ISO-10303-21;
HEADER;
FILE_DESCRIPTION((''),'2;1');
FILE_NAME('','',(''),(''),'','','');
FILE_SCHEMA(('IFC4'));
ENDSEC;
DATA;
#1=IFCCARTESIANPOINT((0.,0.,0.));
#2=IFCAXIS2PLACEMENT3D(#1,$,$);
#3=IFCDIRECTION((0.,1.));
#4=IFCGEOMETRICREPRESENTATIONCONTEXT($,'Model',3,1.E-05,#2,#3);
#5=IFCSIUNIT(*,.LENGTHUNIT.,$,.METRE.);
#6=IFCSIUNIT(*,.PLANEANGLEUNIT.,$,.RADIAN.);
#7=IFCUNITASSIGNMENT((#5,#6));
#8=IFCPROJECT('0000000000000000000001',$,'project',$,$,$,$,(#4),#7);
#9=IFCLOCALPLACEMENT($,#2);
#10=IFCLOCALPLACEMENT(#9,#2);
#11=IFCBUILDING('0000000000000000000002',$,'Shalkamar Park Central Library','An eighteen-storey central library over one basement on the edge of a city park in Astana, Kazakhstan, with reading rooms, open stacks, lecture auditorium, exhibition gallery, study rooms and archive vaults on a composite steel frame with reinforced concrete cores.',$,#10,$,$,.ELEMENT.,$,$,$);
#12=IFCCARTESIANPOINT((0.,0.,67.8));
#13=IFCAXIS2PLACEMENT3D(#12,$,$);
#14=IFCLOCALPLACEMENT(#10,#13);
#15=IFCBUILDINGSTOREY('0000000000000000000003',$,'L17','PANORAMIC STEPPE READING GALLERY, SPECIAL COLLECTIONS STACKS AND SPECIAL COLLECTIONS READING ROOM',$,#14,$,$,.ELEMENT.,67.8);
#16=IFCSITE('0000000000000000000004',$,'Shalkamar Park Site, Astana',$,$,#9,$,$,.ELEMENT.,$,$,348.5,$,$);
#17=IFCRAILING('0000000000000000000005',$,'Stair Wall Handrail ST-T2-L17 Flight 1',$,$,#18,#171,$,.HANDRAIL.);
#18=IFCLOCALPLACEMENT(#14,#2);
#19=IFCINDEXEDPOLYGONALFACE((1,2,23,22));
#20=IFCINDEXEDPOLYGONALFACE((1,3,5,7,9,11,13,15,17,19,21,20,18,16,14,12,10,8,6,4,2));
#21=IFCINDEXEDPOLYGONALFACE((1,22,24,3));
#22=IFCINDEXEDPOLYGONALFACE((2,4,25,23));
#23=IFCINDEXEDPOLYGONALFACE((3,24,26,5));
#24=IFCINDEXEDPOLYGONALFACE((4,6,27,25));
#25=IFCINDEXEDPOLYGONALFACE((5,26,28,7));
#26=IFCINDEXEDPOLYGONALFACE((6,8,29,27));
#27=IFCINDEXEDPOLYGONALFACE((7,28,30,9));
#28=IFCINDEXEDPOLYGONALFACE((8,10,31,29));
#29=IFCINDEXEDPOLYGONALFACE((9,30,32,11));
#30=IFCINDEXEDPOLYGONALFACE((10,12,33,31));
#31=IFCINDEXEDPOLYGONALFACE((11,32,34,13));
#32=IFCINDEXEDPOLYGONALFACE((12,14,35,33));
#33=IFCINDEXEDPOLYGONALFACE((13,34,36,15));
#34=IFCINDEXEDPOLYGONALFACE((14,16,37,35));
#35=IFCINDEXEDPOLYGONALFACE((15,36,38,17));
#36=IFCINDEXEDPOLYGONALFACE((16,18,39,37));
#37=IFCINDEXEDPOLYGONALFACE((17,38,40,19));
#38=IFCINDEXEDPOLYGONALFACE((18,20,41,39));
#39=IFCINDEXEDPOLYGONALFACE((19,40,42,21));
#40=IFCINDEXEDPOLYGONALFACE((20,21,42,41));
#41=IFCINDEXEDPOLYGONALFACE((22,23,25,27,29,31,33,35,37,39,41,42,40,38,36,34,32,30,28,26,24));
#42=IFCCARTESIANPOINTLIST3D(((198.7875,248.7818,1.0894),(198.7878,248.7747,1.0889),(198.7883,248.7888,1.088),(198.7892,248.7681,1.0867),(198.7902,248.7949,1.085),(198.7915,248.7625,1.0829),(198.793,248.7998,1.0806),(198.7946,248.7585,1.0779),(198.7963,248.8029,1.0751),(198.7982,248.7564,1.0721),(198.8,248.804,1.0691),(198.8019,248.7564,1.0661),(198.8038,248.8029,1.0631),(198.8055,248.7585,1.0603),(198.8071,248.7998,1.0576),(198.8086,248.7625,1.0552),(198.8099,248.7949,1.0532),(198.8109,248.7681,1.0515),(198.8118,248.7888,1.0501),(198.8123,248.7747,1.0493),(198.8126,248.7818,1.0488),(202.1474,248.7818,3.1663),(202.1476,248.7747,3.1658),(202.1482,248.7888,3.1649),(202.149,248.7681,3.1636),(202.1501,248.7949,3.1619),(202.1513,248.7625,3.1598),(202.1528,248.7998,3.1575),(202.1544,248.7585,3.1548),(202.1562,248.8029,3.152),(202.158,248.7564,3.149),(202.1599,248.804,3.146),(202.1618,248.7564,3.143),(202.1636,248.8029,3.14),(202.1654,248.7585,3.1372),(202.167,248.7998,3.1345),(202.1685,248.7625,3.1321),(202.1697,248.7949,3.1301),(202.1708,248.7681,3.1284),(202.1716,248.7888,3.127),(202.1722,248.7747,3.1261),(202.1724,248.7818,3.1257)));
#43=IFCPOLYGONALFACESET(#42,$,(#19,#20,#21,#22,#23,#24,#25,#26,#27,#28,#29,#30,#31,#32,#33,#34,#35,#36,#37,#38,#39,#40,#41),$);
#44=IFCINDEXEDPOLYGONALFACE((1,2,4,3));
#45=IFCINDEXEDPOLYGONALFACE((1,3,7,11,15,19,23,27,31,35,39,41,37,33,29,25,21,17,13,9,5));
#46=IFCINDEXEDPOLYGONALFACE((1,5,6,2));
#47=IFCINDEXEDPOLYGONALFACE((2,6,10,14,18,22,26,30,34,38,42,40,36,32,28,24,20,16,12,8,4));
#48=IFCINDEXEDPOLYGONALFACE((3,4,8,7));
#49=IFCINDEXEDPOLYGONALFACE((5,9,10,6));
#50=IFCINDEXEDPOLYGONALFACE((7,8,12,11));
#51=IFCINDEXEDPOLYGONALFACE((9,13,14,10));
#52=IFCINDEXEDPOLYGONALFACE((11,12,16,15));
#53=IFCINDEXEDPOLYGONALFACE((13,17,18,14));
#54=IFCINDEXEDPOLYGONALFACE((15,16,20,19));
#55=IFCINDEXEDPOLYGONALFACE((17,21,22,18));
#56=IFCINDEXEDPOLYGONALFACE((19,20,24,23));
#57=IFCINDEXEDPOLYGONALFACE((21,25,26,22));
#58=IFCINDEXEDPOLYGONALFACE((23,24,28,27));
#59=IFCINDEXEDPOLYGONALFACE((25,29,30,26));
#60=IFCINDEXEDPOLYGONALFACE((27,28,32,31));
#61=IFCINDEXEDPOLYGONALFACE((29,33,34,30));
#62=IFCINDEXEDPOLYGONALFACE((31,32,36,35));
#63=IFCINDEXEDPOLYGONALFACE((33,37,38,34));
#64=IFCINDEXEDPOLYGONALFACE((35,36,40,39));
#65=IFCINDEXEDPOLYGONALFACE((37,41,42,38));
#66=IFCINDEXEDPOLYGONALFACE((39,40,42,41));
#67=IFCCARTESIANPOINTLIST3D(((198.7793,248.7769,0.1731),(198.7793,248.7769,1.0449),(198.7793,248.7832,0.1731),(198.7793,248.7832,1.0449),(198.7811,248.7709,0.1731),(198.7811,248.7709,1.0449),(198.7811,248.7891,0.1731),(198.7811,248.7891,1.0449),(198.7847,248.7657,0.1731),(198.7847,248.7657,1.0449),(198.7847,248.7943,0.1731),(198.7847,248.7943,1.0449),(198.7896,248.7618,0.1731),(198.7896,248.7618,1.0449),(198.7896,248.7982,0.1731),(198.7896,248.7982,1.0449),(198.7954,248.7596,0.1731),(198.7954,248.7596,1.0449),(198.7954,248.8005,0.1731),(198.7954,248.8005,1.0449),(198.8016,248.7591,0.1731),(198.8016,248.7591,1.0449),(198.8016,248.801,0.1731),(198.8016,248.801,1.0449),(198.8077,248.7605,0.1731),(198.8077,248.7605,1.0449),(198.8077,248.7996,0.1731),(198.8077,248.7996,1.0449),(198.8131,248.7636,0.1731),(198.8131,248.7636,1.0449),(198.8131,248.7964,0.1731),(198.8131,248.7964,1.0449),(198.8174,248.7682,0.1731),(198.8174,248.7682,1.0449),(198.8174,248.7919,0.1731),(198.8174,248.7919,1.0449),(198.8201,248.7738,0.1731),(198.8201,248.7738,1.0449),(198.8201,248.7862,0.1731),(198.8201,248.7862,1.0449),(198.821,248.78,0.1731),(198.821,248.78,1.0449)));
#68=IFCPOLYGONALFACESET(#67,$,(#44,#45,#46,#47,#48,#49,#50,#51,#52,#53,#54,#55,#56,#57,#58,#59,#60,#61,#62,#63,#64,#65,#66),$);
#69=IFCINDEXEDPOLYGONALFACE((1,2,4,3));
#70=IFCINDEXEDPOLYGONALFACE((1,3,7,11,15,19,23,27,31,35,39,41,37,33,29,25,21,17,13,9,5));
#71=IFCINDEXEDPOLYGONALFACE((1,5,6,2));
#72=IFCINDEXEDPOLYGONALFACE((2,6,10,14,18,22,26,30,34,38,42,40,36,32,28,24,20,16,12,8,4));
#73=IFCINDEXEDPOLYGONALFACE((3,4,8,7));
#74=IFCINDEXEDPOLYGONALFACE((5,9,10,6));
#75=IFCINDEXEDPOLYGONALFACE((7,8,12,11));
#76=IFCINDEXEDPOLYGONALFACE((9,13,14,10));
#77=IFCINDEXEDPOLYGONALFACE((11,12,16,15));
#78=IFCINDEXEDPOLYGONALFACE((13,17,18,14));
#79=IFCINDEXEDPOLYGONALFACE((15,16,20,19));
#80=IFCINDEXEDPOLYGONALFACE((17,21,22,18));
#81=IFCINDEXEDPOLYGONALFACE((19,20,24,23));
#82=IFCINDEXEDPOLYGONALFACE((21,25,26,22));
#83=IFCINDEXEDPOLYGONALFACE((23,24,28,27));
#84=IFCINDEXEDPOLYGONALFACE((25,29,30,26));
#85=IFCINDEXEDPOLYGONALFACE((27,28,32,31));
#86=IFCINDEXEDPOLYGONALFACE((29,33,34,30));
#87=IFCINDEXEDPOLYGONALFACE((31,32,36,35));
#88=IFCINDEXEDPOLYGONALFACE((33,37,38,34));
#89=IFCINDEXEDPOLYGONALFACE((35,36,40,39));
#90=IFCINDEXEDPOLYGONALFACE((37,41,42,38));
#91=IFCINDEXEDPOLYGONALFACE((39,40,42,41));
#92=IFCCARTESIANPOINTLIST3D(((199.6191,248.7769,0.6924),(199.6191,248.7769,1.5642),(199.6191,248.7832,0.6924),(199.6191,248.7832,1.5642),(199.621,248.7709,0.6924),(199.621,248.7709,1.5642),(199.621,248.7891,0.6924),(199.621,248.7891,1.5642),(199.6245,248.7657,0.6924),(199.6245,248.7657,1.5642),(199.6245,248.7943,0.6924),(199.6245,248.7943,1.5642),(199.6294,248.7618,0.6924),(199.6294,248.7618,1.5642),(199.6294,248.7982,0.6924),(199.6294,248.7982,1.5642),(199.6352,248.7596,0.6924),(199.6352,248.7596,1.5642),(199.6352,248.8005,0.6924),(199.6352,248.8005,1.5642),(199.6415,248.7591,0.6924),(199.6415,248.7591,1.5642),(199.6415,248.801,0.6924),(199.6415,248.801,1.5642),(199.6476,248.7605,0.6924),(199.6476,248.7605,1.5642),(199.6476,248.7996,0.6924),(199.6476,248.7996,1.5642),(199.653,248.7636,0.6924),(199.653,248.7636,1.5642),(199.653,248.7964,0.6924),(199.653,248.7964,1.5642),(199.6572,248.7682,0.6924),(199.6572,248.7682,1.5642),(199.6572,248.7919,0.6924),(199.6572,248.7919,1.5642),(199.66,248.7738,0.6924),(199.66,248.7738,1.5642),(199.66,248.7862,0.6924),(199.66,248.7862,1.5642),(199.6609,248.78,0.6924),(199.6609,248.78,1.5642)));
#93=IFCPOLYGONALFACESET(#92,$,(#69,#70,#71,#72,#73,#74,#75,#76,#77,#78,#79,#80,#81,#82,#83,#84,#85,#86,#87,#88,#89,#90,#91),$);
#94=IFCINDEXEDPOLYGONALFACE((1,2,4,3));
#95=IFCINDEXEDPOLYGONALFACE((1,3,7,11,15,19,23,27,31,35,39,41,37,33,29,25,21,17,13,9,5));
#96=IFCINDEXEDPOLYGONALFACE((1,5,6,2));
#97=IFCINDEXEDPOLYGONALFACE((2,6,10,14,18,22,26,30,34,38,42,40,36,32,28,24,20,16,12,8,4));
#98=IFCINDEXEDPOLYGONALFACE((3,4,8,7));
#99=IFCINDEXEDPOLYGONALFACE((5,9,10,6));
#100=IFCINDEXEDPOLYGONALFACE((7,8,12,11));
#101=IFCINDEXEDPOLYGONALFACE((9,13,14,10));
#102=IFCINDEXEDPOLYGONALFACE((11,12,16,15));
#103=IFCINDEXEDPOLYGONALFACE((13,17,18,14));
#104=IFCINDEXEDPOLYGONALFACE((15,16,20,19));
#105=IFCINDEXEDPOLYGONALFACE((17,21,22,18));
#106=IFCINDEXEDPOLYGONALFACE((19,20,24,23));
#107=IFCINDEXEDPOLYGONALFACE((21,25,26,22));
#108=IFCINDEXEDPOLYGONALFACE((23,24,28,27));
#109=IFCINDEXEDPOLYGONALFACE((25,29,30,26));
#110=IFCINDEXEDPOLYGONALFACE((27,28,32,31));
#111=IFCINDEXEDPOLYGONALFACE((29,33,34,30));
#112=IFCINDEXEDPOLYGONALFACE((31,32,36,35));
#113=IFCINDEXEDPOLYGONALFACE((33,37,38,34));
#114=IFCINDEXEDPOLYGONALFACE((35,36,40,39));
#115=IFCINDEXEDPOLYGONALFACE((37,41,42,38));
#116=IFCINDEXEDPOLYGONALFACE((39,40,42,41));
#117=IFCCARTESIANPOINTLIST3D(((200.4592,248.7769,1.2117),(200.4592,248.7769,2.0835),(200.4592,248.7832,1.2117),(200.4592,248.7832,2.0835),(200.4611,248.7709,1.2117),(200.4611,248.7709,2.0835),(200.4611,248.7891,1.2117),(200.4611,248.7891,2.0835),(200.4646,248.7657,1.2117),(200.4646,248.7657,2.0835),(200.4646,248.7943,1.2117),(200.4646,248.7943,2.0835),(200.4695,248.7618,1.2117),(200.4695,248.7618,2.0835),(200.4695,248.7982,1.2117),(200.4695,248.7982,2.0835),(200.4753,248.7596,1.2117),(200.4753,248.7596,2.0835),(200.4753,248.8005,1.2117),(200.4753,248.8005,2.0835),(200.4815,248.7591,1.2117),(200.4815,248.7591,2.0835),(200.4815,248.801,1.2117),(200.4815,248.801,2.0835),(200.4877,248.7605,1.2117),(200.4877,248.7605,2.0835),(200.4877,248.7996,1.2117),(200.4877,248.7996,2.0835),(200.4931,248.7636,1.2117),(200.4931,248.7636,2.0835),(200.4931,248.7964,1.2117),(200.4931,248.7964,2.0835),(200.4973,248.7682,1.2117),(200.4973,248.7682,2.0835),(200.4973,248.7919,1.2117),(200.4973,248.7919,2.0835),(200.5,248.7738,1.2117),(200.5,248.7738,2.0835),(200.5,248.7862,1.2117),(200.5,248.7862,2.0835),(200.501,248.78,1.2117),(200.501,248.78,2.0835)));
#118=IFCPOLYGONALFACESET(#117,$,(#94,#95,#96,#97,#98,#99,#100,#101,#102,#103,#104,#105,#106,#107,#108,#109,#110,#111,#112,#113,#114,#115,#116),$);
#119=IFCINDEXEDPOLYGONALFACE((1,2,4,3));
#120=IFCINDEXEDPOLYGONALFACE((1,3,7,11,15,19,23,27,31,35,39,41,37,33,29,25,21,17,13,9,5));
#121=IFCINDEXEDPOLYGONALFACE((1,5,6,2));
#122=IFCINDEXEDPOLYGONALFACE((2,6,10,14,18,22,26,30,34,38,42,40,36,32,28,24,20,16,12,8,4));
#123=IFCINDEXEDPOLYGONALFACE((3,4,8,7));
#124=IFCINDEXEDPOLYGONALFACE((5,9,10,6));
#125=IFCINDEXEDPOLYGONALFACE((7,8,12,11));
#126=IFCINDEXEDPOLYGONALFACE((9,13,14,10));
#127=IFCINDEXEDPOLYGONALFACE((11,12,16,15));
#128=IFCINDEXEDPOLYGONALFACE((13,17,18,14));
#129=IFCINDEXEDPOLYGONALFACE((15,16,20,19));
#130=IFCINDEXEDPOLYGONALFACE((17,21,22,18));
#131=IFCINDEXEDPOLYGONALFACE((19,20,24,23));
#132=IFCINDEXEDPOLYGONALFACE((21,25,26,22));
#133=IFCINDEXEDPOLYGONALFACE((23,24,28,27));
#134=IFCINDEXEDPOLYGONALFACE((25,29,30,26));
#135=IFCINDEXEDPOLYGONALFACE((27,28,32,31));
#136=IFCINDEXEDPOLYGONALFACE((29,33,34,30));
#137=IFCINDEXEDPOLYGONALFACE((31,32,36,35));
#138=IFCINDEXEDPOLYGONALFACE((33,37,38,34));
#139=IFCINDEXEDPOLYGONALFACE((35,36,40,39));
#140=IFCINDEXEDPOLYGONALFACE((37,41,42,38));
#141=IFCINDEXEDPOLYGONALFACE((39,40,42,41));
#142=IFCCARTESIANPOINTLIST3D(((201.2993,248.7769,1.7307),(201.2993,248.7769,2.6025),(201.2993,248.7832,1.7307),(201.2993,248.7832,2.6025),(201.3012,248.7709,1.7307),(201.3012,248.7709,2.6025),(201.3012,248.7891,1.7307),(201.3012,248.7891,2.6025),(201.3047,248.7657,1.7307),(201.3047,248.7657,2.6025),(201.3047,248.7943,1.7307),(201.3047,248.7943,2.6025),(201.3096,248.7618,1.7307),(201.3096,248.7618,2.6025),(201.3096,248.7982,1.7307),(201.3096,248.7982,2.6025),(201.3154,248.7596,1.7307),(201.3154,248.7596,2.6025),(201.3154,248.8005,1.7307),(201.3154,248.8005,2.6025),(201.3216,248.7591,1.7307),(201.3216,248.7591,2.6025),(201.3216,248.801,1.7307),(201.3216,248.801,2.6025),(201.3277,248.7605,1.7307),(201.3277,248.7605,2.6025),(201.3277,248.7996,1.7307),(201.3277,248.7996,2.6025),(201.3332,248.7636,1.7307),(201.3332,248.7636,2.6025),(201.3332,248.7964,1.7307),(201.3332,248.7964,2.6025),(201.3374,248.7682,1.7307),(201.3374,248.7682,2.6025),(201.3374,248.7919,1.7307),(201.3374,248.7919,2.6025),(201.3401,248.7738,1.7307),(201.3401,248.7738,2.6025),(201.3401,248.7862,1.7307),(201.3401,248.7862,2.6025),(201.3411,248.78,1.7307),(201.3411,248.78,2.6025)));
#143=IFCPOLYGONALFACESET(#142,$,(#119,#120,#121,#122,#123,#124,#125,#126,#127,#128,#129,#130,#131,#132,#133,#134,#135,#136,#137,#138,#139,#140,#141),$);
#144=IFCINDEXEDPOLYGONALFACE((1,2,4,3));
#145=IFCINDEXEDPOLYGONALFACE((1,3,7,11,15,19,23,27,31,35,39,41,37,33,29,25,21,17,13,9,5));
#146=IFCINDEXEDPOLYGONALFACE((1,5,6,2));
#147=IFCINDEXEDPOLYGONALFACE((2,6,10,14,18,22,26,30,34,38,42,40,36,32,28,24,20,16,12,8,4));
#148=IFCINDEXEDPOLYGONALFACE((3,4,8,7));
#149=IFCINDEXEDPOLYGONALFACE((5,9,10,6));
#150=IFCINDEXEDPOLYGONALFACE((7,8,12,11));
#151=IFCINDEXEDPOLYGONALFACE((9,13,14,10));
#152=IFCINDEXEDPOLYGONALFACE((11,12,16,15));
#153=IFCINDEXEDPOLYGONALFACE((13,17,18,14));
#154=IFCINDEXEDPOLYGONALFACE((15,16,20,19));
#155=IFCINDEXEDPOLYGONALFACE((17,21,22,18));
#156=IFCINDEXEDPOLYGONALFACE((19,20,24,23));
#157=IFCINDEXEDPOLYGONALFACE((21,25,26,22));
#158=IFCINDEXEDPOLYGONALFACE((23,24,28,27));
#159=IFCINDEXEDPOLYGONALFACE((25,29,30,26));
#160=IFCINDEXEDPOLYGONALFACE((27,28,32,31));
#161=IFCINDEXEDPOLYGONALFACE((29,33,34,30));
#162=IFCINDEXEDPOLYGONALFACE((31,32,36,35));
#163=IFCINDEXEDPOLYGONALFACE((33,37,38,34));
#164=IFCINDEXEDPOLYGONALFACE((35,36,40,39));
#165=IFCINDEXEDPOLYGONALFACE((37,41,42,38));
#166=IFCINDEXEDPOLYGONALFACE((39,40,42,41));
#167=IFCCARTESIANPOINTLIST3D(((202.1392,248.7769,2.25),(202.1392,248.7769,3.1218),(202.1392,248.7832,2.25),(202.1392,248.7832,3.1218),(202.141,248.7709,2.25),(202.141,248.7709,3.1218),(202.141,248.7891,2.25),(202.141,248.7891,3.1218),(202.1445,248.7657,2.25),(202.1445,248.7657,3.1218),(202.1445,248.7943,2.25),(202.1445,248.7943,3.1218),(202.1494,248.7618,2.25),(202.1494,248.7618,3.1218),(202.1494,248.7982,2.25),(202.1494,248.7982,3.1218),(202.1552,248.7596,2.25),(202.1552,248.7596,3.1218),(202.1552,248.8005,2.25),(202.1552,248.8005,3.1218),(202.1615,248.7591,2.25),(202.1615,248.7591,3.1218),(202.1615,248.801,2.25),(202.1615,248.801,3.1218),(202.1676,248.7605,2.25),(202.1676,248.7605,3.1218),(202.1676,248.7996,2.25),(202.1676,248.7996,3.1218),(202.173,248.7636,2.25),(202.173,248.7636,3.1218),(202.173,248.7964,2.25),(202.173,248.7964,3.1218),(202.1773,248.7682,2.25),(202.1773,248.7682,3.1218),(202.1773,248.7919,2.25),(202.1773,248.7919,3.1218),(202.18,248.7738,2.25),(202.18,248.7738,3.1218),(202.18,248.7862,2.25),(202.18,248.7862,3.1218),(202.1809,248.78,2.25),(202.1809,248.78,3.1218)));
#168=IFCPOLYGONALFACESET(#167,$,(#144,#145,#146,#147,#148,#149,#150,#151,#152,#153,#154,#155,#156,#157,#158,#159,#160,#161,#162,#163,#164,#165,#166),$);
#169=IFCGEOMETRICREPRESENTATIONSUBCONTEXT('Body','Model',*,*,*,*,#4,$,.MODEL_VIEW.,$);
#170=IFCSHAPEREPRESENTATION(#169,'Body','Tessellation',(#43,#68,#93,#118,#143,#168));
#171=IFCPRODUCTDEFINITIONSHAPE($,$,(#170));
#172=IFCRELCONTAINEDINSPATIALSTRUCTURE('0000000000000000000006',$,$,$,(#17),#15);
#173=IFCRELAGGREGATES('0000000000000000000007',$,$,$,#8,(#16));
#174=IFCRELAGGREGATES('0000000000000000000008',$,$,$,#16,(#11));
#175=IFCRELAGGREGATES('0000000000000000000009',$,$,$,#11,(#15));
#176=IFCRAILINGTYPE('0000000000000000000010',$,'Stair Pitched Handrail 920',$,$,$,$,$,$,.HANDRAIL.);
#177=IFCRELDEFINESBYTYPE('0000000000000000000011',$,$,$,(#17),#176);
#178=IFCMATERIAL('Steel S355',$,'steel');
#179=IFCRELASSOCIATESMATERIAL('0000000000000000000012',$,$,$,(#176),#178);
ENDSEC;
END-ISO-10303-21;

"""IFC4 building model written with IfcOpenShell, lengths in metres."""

from ifc_helpers import new_model, si_unit, direction, frame, origin, origin_2d, place, context, subcontext, project, spatial, circle, extrude, material, type_object, element, save


model = new_model("IFC4")

# Units and contexts
model_context = context("Model", 3, precision=1e-05, world=origin(), true_north=direction((0.0, 1.0)))
body_context = subcontext(model_context, "Body", "Model", "MODEL_VIEW")
ifc_project = project(units=[si_unit("LENGTHUNIT", "METRE"), si_unit("PLANEANGLEUNIT", "RADIAN")], contexts=[model_context])

# Site, building, storey
site_placement = place(None, origin())
site = spatial("IfcSite", under=ifc_project, at=site_placement, Name="Shalkamar Park Site, Astana", CompositionType="ELEMENT", RefElevation=348.5)
building_placement = place(site_placement, origin())
building = spatial("IfcBuilding", under=site, at=building_placement, Name="Shalkamar Park Central Library", Description="An eighteen-storey central library over one basement on the edge of a city park in Astana, Kazakhstan, with reading rooms, open stacks, lecture auditorium, exhibition gallery, study rooms and archive vaults on a composite steel frame with reinforced concrete cores.", CompositionType="ELEMENT")
storey_placement = place(building_placement, frame((0.0, 0.0, 67.8)))
storey = spatial("IfcBuildingStorey", under=building, at=storey_placement, Name="L17", Description="PANORAMIC STEPPE READING GALLERY, SPECIAL COLLECTIONS STACKS AND SPECIAL COLLECTIONS READING ROOM", CompositionType="ELEMENT", Elevation=67.8)

# Shared definitions
ifc_material_1 = material(Name="Steel S355", Category="steel")

# Railing
railing_type_1 = type_object("IfcRailingType", Name="Stair Pitched Handrail 920", PredefinedType="HANDRAIL", material=ifc_material_1)
railing_1_placement = place(storey_placement, frame((198.8, 248.78, 0.1731)))
element("IfcRailing", 1, at=railing_1_placement, inside=storey, type_object=railing_type_1, Name="Stair Wall Handrail ST-T2-L17 Flight 1", PredefinedType="HANDRAIL", context=body_context, shape_type="SweptSolid", body=[
    extrude(circle(Radius=0.0239, at=origin_2d()), frame((0.0, 0.0, 0.896), z_axis=(0.850606, 0.0, 0.525803), x_axis=(0.0, 1.0, 0.0)), (0.0, 0.0, 1.0), 3.95),
    extrude(circle(Radius=0.021, at=origin_2d()), origin(), (0.0, 0.0, 1.0), 0.8718),
    extrude(circle(Radius=0.021, at=origin_2d()), frame((0.8398, 0.0, 0.5193)), (0.0, 0.0, 1.0), 0.8718),
    extrude(circle(Radius=0.021, at=origin_2d()), frame((1.6799, 0.0, 1.0386)), (0.0, 0.0, 1.0), 0.8718),
    extrude(circle(Radius=0.021, at=origin_2d()), frame((2.52, 0.0, 1.5576)), (0.0, 0.0, 1.0), 0.8718),
    extrude(circle(Radius=0.021, at=origin_2d()), frame((3.3599, 0.0, 2.0769)), (0.0, 0.0, 1.0), 0.8718),
])

save(model, "model.ifc")
